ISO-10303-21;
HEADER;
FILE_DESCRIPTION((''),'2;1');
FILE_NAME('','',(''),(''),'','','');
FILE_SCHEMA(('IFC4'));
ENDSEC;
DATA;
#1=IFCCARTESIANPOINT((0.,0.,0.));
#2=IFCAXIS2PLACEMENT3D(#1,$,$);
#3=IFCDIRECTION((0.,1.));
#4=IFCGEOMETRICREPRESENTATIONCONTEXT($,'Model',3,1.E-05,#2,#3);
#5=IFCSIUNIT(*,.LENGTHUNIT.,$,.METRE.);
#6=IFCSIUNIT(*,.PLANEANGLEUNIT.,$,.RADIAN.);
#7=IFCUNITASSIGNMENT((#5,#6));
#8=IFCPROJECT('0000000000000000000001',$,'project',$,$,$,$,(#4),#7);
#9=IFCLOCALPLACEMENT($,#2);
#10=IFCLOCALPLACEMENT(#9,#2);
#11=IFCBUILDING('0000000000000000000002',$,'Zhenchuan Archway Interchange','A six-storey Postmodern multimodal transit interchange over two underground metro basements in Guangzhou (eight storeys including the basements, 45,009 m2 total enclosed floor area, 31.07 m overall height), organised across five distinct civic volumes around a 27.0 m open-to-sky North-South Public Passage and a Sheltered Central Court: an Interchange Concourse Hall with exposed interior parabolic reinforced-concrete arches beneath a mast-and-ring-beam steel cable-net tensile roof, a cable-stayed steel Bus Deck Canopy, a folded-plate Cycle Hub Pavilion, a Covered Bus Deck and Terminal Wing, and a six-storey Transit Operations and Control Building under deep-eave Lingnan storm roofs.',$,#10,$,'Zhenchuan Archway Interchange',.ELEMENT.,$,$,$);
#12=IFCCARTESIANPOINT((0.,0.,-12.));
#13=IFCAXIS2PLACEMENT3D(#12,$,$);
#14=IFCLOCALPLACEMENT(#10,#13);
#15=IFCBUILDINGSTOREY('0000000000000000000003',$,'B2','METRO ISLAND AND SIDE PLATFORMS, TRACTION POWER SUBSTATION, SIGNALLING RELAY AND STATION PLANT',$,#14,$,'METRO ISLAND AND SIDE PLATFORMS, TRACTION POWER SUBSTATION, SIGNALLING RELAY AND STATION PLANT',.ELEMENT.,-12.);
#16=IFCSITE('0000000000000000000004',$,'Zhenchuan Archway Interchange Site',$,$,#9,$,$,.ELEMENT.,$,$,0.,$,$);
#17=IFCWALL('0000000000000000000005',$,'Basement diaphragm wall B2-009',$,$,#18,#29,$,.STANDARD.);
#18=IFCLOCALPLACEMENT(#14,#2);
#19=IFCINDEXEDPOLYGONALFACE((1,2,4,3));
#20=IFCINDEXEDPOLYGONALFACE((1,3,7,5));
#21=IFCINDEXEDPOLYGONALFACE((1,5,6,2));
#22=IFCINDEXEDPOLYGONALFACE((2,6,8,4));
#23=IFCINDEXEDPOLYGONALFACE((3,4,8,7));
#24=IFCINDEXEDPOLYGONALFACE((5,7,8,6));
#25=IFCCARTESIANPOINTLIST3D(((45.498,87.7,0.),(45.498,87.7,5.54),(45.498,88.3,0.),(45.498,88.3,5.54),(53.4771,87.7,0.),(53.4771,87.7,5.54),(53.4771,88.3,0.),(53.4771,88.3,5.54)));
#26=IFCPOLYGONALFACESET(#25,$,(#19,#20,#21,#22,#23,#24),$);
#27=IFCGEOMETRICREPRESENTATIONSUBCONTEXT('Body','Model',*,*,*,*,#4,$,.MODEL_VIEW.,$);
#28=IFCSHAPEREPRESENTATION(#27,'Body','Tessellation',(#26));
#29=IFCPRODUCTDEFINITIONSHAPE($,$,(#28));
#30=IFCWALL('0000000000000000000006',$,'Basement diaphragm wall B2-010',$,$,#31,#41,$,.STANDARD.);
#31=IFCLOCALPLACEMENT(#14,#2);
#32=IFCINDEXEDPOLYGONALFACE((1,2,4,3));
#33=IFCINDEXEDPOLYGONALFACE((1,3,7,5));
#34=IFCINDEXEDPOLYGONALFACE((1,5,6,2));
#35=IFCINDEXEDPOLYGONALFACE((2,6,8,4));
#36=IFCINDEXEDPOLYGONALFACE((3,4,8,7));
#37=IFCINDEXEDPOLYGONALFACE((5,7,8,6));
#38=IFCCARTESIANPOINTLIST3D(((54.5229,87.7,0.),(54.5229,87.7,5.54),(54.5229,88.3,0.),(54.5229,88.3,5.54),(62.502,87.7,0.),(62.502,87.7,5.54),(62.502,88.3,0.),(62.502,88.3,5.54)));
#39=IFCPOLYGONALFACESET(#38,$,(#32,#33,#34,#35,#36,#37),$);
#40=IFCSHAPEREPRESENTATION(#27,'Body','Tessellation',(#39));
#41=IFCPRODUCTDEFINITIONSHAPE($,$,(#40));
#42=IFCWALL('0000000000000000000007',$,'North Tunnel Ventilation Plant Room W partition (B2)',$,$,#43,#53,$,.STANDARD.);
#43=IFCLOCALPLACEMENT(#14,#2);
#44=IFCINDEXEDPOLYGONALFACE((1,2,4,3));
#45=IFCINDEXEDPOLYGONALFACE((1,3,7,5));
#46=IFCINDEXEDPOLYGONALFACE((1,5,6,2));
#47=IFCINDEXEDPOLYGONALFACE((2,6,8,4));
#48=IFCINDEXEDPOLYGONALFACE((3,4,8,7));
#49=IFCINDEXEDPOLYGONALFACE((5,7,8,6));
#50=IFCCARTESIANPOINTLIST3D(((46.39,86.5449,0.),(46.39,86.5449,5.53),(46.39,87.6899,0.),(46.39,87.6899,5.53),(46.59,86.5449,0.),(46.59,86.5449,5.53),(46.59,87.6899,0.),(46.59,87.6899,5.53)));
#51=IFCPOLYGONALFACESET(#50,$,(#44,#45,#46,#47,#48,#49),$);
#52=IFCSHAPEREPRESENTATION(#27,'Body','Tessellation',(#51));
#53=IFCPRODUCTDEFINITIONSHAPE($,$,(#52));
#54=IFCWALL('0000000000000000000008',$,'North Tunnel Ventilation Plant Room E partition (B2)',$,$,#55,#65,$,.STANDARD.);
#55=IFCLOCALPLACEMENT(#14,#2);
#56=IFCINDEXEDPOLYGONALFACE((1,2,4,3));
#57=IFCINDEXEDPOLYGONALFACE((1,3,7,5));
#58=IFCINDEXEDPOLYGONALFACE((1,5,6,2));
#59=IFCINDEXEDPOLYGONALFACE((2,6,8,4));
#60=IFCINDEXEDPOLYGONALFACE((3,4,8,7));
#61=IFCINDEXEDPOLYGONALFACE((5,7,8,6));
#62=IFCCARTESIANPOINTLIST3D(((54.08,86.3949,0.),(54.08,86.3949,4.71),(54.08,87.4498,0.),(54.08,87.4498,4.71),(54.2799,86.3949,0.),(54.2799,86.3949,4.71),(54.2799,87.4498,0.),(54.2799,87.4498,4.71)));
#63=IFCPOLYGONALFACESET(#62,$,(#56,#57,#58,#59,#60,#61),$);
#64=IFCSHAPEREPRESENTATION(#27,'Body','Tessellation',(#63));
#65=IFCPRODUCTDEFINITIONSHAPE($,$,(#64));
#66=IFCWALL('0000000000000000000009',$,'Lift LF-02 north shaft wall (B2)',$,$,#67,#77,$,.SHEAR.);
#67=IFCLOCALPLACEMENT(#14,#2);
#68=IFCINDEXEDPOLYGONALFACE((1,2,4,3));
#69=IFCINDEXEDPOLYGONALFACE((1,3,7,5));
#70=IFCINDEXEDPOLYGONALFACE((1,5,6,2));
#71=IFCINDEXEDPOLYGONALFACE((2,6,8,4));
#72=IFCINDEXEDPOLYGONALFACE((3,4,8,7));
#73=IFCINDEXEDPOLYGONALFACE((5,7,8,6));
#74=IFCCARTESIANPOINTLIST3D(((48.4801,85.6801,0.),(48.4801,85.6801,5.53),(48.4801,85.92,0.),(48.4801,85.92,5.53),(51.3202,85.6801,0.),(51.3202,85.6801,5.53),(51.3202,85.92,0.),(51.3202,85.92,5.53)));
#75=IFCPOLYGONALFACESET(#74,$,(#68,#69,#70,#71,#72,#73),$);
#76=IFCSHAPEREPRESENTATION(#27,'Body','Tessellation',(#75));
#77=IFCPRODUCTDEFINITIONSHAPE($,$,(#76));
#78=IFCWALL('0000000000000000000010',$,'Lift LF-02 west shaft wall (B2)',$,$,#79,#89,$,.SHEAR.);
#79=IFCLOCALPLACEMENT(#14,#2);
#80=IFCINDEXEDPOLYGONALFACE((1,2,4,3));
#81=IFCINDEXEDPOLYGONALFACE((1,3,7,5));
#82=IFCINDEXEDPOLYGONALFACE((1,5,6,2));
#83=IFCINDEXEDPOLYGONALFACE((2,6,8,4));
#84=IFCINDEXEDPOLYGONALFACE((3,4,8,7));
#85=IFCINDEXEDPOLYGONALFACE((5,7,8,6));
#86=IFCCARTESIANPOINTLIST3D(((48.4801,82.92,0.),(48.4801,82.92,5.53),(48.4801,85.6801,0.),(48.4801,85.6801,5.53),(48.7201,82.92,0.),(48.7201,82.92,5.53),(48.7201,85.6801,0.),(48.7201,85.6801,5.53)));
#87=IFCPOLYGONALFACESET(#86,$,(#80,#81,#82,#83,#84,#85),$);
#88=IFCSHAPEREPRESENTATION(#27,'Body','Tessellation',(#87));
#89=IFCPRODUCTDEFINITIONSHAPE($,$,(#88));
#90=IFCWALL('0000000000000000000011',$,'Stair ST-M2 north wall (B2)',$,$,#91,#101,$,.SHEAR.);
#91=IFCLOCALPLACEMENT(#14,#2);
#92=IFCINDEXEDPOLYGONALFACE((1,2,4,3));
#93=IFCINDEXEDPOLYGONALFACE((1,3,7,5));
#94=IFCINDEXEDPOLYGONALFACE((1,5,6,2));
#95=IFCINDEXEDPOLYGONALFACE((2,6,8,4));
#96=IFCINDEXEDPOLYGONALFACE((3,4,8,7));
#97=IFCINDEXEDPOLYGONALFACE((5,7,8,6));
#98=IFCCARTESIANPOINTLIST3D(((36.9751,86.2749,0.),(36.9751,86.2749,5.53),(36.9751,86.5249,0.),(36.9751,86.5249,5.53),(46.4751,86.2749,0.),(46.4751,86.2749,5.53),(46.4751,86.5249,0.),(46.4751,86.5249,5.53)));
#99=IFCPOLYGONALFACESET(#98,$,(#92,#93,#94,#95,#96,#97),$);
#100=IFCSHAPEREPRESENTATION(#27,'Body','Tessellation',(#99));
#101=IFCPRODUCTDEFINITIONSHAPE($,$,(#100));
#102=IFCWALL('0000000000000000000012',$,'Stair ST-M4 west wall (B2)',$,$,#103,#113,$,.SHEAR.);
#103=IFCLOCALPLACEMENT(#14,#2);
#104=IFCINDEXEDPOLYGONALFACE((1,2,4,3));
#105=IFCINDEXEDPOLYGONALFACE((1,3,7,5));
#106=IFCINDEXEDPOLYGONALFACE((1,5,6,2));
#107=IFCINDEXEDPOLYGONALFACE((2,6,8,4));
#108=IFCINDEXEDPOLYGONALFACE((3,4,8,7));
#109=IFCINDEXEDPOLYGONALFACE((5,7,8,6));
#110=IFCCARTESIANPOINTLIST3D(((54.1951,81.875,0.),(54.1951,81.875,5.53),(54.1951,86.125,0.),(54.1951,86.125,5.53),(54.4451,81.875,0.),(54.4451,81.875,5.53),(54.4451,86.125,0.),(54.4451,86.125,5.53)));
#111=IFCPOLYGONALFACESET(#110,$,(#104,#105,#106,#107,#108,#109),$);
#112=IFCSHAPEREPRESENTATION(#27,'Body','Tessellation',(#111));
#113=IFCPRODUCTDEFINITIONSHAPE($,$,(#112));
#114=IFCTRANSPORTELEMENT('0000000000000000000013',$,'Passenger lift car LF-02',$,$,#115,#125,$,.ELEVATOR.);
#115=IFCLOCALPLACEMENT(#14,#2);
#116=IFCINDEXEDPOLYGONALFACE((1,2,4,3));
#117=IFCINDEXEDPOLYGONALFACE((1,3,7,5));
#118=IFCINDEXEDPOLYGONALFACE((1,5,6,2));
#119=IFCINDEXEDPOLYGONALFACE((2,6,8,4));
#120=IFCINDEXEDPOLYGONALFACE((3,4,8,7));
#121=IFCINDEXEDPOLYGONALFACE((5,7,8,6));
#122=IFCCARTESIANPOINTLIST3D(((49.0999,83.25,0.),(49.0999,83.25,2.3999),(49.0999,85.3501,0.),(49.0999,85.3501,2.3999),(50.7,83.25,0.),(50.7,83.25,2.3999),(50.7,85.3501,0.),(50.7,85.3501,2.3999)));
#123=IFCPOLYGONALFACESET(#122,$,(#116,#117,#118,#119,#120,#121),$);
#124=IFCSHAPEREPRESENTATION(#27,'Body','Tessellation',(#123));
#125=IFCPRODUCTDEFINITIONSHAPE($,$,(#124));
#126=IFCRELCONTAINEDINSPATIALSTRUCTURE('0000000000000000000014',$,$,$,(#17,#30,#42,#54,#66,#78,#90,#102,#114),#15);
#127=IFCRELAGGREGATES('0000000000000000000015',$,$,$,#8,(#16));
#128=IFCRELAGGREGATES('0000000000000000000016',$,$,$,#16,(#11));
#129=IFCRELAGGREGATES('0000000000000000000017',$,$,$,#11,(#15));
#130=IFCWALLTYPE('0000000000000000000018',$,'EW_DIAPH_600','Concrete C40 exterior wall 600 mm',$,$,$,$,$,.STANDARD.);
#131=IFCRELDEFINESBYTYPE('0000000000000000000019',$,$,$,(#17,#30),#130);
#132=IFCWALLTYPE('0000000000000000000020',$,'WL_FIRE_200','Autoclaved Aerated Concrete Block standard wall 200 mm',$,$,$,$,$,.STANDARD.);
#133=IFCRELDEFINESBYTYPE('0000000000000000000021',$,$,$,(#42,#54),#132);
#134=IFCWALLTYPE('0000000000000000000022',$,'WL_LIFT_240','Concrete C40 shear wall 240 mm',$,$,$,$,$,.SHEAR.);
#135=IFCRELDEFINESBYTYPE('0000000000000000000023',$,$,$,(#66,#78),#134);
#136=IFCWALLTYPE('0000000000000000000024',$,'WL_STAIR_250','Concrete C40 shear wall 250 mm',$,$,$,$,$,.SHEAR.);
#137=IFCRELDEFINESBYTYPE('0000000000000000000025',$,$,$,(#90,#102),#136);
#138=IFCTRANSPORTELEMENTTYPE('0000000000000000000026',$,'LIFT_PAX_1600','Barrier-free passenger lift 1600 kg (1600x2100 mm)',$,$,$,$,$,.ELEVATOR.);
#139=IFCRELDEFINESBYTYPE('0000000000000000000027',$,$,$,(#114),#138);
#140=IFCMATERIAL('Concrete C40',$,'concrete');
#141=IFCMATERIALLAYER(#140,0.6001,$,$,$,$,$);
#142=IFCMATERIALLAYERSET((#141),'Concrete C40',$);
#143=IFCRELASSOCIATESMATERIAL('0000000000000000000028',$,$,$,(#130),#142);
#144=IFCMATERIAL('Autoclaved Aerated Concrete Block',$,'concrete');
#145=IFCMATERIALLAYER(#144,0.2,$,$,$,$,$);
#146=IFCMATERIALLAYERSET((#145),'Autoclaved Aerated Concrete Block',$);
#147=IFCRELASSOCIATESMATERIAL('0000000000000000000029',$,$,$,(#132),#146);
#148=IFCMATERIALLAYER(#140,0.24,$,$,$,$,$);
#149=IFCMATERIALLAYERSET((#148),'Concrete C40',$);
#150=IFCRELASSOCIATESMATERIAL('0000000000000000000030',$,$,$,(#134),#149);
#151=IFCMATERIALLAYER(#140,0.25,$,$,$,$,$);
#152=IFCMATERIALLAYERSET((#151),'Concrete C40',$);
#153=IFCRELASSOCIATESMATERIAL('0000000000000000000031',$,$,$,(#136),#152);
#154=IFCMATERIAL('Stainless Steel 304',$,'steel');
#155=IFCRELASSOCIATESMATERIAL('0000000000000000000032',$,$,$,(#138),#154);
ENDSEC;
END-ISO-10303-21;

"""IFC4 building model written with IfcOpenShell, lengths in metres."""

from ifc_helpers import new_model, si_unit, direction, frame, frame_2d, origin, origin_2d, place, context, subcontext, project, spatial, rectangle, extrude, material, layer, layer_set, type_object, element, save


model = new_model("IFC4")

# Units and contexts
model_context = context("Model", 3, precision=1e-05, world=origin(), true_north=direction((0.0, 1.0)))
body_context = subcontext(model_context, "Body", "Model", "MODEL_VIEW")
ifc_project = project(units=[si_unit("LENGTHUNIT", "METRE"), si_unit("PLANEANGLEUNIT", "RADIAN")], contexts=[model_context])

# Site, building, storey
site_placement = place(None, origin())
site = spatial("IfcSite", under=ifc_project, at=site_placement, Name="Zhenchuan Archway Interchange Site", CompositionType="ELEMENT", RefElevation=0.0)
building_placement = place(site_placement, origin())
building = spatial("IfcBuilding", under=site, at=building_placement, Name="Zhenchuan Archway Interchange", Description="A six-storey Postmodern multimodal transit interchange over two underground metro basements in Guangzhou (eight storeys including the basements, 45,009 m2 total enclosed floor area, 31.07 m overall height), organised across five distinct civic volumes around a 27.0 m open-to-sky North-South Public Passage and a Sheltered Central Court: an Interchange Concourse Hall with exposed interior parabolic reinforced-concrete arches beneath a mast-and-ring-beam steel cable-net tensile roof, a cable-stayed steel Bus Deck Canopy, a folded-plate Cycle Hub Pavilion, a Covered Bus Deck and Terminal Wing, and a six-storey Transit Operations and Control Building under deep-eave Lingnan storm roofs.", LongName="Zhenchuan Archway Interchange", CompositionType="ELEMENT")
storey_placement = place(building_placement, frame((0.0, 0.0, -12.0)))
storey = spatial("IfcBuildingStorey", under=building, at=storey_placement, Name="B2", Description="METRO ISLAND AND SIDE PLATFORMS, TRACTION POWER SUBSTATION, SIGNALLING RELAY AND STATION PLANT", LongName="METRO ISLAND AND SIDE PLATFORMS, TRACTION POWER SUBSTATION, SIGNALLING RELAY AND STATION PLANT", CompositionType="ELEMENT", Elevation=-12.0)

# Shared definitions
ifc_material_1 = material(Name="Concrete C40", Category="concrete")

# Walls
ifc_layer_1 = layer(ifc_material_1, 0.6001)
ifc_layer_set_1 = layer_set([ifc_layer_1], Name="Concrete C40")
wall_type_1 = type_object("IfcWallType", Name="EW_DIAPH_600", Description="Concrete C40 exterior wall 600 mm", PredefinedType="STANDARD", material=ifc_layer_set_1)
for number, where, z_axis, x_axis, name in (
    (1, (45.498, 88.0, 0.0), (0.0, 0.0, 1.0), (1.0, 0.0, 0.0), "Basement diaphragm wall B2-009"),
    (2, (54.5229, 88.0, 0.0), (0.0, 0.0, 1.0), (1.0, 0.0, 0.0), "Basement diaphragm wall B2-010"),
):
    element("IfcWall", number, at=place(storey_placement, frame(where, z_axis=z_axis, x_axis=x_axis)), inside=storey, type_object=wall_type_1, Name=name, PredefinedType="STANDARD", context=body_context, shape_type="SweptSolid", body=[
        extrude(rectangle(XDim=7.979, YDim=0.6001, at=frame_2d((3.9895, 0.0))), origin(), (0.0, 0.0, 1.0), 5.54),
    ])
ifc_material_2 = material(Name="Autoclaved Aerated Concrete Block", Category="concrete")
ifc_layer_2 = layer(ifc_material_2, 0.2)
ifc_layer_set_2 = layer_set([ifc_layer_2], Name="Autoclaved Aerated Concrete Block")
wall_type_2 = type_object("IfcWallType", Name="WL_FIRE_200", Description="Autoclaved Aerated Concrete Block standard wall 200 mm", PredefinedType="STANDARD", material=ifc_layer_set_2)
wall_1_placement = place(storey_placement, frame((46.49, 86.5449, 0.0), z_axis=(0.0, 0.0, 1.0), x_axis=(0.0, 1.0, 0.0)))
element("IfcWall", 3, at=wall_1_placement, inside=storey, type_object=wall_type_2, Name="North Tunnel Ventilation Plant Room W partition (B2)", PredefinedType="STANDARD", context=body_context, shape_type="SweptSolid", body=[
    extrude(rectangle(XDim=1.145, YDim=0.2, at=frame_2d((0.5725, 0.0))), origin(), (0.0, 0.0, 1.0), 5.53),
])
wall_2_placement = place(storey_placement, frame((54.1799, 86.395, 0.0), z_axis=(0.0, 0.0, 1.0), x_axis=(0.0, 1.0, 0.0)))
element("IfcWall", 4, at=wall_2_placement, inside=storey, type_object=wall_type_2, Name="North Tunnel Ventilation Plant Room E partition (B2)", PredefinedType="STANDARD", context=body_context, shape_type="SweptSolid", body=[
    extrude(rectangle(XDim=1.0549, YDim=0.2, at=frame_2d((0.5273, 0.0))), origin(), (0.0, 0.0, 1.0), 4.71),
])
ifc_layer_3 = layer(ifc_material_1, 0.24)
ifc_layer_set_3 = layer_set([ifc_layer_3], Name="Concrete C40")
wall_type_3 = type_object("IfcWallType", Name="WL_LIFT_240", Description="Concrete C40 shear wall 240 mm", PredefinedType="SHEAR", material=ifc_layer_set_3)
wall_3_placement = place(storey_placement, frame((51.3201, 85.8, 0.0), z_axis=(0.0, 0.0, 1.0), x_axis=(-1.0, 0.0, 0.0)))
element("IfcWall", 5, at=wall_3_placement, inside=storey, type_object=wall_type_3, Name="Lift LF-02 north shaft wall (B2)", PredefinedType="SHEAR", context=body_context, shape_type="SweptSolid", body=[
    extrude(rectangle(XDim=2.8401, YDim=0.24, at=frame_2d((1.4199, 0.0))), origin(), (0.0, 0.0, 1.0), 5.53),
])
wall_4_placement = place(storey_placement, frame((48.6001, 85.6799, 0.0), z_axis=(0.0, 0.0, 1.0), x_axis=(0.0, -1.0, 0.0)))
element("IfcWall", 6, at=wall_4_placement, inside=storey, type_object=wall_type_3, Name="Lift LF-02 west shaft wall (B2)", PredefinedType="SHEAR", context=body_context, shape_type="SweptSolid", body=[
    extrude(rectangle(XDim=2.76, YDim=0.24, at=frame_2d((1.3799, 0.0))), origin(), (0.0, 0.0, 1.0), 5.53),
])
ifc_layer_4 = layer(ifc_material_1, 0.25)
ifc_layer_set_4 = layer_set([ifc_layer_4], Name="Concrete C40")
wall_type_4 = type_object("IfcWallType", Name="WL_STAIR_250", Description="Concrete C40 shear wall 250 mm", PredefinedType="SHEAR", material=ifc_layer_set_4)
wall_5_placement = place(storey_placement, frame((46.4751, 86.3999, 0.0), z_axis=(0.0, 0.0, 1.0), x_axis=(-1.0, 0.0, 0.0)))
element("IfcWall", 7, at=wall_5_placement, inside=storey, type_object=wall_type_4, Name="Stair ST-M2 north wall (B2)", PredefinedType="SHEAR", context=body_context, shape_type="SweptSolid", body=[
    extrude(rectangle(XDim=9.5, YDim=0.25, at=frame_2d((4.75, 0.0))), origin(), (0.0, 0.0, 1.0), 5.53),
])
wall_6_placement = place(storey_placement, frame((54.3201, 86.125, 0.0), z_axis=(0.0, 0.0, 1.0), x_axis=(0.0, -1.0, 0.0)))
element("IfcWall", 8, at=wall_6_placement, inside=storey, type_object=wall_type_4, Name="Stair ST-M4 west wall (B2)", PredefinedType="SHEAR", context=body_context, shape_type="SweptSolid", body=[
    extrude(rectangle(XDim=4.25, YDim=0.25, at=frame_2d((2.125, 0.0))), origin(), (0.0, 0.0, 1.0), 5.53),
])

# Transport element
ifc_material_3 = material(Name="Stainless Steel 304", Category="steel")
transport_element_type = type_object("IfcTransportElementType", Name="LIFT_PAX_1600", Description="Barrier-free passenger lift 1600 kg (1600x2100 mm)", PredefinedType="ELEVATOR", material=ifc_material_3)
transport_element_placement = place(storey_placement, frame((49.8999, 84.3, 0.0), z_axis=(0.0, 0.0, 1.0), x_axis=(1.0, 0.0, 0.0)))
element("IfcTransportElement", 9, at=transport_element_placement, inside=storey, type_object=transport_element_type, Name="Passenger lift car LF-02", PredefinedType="ELEVATOR", context=body_context, shape_type="SweptSolid", body=[
    extrude(rectangle(XDim=1.6001, YDim=2.1001, at=origin_2d()), origin(), (0.0, 0.0, 1.0), 2.3999),
])

save(model, "model.ifc")
